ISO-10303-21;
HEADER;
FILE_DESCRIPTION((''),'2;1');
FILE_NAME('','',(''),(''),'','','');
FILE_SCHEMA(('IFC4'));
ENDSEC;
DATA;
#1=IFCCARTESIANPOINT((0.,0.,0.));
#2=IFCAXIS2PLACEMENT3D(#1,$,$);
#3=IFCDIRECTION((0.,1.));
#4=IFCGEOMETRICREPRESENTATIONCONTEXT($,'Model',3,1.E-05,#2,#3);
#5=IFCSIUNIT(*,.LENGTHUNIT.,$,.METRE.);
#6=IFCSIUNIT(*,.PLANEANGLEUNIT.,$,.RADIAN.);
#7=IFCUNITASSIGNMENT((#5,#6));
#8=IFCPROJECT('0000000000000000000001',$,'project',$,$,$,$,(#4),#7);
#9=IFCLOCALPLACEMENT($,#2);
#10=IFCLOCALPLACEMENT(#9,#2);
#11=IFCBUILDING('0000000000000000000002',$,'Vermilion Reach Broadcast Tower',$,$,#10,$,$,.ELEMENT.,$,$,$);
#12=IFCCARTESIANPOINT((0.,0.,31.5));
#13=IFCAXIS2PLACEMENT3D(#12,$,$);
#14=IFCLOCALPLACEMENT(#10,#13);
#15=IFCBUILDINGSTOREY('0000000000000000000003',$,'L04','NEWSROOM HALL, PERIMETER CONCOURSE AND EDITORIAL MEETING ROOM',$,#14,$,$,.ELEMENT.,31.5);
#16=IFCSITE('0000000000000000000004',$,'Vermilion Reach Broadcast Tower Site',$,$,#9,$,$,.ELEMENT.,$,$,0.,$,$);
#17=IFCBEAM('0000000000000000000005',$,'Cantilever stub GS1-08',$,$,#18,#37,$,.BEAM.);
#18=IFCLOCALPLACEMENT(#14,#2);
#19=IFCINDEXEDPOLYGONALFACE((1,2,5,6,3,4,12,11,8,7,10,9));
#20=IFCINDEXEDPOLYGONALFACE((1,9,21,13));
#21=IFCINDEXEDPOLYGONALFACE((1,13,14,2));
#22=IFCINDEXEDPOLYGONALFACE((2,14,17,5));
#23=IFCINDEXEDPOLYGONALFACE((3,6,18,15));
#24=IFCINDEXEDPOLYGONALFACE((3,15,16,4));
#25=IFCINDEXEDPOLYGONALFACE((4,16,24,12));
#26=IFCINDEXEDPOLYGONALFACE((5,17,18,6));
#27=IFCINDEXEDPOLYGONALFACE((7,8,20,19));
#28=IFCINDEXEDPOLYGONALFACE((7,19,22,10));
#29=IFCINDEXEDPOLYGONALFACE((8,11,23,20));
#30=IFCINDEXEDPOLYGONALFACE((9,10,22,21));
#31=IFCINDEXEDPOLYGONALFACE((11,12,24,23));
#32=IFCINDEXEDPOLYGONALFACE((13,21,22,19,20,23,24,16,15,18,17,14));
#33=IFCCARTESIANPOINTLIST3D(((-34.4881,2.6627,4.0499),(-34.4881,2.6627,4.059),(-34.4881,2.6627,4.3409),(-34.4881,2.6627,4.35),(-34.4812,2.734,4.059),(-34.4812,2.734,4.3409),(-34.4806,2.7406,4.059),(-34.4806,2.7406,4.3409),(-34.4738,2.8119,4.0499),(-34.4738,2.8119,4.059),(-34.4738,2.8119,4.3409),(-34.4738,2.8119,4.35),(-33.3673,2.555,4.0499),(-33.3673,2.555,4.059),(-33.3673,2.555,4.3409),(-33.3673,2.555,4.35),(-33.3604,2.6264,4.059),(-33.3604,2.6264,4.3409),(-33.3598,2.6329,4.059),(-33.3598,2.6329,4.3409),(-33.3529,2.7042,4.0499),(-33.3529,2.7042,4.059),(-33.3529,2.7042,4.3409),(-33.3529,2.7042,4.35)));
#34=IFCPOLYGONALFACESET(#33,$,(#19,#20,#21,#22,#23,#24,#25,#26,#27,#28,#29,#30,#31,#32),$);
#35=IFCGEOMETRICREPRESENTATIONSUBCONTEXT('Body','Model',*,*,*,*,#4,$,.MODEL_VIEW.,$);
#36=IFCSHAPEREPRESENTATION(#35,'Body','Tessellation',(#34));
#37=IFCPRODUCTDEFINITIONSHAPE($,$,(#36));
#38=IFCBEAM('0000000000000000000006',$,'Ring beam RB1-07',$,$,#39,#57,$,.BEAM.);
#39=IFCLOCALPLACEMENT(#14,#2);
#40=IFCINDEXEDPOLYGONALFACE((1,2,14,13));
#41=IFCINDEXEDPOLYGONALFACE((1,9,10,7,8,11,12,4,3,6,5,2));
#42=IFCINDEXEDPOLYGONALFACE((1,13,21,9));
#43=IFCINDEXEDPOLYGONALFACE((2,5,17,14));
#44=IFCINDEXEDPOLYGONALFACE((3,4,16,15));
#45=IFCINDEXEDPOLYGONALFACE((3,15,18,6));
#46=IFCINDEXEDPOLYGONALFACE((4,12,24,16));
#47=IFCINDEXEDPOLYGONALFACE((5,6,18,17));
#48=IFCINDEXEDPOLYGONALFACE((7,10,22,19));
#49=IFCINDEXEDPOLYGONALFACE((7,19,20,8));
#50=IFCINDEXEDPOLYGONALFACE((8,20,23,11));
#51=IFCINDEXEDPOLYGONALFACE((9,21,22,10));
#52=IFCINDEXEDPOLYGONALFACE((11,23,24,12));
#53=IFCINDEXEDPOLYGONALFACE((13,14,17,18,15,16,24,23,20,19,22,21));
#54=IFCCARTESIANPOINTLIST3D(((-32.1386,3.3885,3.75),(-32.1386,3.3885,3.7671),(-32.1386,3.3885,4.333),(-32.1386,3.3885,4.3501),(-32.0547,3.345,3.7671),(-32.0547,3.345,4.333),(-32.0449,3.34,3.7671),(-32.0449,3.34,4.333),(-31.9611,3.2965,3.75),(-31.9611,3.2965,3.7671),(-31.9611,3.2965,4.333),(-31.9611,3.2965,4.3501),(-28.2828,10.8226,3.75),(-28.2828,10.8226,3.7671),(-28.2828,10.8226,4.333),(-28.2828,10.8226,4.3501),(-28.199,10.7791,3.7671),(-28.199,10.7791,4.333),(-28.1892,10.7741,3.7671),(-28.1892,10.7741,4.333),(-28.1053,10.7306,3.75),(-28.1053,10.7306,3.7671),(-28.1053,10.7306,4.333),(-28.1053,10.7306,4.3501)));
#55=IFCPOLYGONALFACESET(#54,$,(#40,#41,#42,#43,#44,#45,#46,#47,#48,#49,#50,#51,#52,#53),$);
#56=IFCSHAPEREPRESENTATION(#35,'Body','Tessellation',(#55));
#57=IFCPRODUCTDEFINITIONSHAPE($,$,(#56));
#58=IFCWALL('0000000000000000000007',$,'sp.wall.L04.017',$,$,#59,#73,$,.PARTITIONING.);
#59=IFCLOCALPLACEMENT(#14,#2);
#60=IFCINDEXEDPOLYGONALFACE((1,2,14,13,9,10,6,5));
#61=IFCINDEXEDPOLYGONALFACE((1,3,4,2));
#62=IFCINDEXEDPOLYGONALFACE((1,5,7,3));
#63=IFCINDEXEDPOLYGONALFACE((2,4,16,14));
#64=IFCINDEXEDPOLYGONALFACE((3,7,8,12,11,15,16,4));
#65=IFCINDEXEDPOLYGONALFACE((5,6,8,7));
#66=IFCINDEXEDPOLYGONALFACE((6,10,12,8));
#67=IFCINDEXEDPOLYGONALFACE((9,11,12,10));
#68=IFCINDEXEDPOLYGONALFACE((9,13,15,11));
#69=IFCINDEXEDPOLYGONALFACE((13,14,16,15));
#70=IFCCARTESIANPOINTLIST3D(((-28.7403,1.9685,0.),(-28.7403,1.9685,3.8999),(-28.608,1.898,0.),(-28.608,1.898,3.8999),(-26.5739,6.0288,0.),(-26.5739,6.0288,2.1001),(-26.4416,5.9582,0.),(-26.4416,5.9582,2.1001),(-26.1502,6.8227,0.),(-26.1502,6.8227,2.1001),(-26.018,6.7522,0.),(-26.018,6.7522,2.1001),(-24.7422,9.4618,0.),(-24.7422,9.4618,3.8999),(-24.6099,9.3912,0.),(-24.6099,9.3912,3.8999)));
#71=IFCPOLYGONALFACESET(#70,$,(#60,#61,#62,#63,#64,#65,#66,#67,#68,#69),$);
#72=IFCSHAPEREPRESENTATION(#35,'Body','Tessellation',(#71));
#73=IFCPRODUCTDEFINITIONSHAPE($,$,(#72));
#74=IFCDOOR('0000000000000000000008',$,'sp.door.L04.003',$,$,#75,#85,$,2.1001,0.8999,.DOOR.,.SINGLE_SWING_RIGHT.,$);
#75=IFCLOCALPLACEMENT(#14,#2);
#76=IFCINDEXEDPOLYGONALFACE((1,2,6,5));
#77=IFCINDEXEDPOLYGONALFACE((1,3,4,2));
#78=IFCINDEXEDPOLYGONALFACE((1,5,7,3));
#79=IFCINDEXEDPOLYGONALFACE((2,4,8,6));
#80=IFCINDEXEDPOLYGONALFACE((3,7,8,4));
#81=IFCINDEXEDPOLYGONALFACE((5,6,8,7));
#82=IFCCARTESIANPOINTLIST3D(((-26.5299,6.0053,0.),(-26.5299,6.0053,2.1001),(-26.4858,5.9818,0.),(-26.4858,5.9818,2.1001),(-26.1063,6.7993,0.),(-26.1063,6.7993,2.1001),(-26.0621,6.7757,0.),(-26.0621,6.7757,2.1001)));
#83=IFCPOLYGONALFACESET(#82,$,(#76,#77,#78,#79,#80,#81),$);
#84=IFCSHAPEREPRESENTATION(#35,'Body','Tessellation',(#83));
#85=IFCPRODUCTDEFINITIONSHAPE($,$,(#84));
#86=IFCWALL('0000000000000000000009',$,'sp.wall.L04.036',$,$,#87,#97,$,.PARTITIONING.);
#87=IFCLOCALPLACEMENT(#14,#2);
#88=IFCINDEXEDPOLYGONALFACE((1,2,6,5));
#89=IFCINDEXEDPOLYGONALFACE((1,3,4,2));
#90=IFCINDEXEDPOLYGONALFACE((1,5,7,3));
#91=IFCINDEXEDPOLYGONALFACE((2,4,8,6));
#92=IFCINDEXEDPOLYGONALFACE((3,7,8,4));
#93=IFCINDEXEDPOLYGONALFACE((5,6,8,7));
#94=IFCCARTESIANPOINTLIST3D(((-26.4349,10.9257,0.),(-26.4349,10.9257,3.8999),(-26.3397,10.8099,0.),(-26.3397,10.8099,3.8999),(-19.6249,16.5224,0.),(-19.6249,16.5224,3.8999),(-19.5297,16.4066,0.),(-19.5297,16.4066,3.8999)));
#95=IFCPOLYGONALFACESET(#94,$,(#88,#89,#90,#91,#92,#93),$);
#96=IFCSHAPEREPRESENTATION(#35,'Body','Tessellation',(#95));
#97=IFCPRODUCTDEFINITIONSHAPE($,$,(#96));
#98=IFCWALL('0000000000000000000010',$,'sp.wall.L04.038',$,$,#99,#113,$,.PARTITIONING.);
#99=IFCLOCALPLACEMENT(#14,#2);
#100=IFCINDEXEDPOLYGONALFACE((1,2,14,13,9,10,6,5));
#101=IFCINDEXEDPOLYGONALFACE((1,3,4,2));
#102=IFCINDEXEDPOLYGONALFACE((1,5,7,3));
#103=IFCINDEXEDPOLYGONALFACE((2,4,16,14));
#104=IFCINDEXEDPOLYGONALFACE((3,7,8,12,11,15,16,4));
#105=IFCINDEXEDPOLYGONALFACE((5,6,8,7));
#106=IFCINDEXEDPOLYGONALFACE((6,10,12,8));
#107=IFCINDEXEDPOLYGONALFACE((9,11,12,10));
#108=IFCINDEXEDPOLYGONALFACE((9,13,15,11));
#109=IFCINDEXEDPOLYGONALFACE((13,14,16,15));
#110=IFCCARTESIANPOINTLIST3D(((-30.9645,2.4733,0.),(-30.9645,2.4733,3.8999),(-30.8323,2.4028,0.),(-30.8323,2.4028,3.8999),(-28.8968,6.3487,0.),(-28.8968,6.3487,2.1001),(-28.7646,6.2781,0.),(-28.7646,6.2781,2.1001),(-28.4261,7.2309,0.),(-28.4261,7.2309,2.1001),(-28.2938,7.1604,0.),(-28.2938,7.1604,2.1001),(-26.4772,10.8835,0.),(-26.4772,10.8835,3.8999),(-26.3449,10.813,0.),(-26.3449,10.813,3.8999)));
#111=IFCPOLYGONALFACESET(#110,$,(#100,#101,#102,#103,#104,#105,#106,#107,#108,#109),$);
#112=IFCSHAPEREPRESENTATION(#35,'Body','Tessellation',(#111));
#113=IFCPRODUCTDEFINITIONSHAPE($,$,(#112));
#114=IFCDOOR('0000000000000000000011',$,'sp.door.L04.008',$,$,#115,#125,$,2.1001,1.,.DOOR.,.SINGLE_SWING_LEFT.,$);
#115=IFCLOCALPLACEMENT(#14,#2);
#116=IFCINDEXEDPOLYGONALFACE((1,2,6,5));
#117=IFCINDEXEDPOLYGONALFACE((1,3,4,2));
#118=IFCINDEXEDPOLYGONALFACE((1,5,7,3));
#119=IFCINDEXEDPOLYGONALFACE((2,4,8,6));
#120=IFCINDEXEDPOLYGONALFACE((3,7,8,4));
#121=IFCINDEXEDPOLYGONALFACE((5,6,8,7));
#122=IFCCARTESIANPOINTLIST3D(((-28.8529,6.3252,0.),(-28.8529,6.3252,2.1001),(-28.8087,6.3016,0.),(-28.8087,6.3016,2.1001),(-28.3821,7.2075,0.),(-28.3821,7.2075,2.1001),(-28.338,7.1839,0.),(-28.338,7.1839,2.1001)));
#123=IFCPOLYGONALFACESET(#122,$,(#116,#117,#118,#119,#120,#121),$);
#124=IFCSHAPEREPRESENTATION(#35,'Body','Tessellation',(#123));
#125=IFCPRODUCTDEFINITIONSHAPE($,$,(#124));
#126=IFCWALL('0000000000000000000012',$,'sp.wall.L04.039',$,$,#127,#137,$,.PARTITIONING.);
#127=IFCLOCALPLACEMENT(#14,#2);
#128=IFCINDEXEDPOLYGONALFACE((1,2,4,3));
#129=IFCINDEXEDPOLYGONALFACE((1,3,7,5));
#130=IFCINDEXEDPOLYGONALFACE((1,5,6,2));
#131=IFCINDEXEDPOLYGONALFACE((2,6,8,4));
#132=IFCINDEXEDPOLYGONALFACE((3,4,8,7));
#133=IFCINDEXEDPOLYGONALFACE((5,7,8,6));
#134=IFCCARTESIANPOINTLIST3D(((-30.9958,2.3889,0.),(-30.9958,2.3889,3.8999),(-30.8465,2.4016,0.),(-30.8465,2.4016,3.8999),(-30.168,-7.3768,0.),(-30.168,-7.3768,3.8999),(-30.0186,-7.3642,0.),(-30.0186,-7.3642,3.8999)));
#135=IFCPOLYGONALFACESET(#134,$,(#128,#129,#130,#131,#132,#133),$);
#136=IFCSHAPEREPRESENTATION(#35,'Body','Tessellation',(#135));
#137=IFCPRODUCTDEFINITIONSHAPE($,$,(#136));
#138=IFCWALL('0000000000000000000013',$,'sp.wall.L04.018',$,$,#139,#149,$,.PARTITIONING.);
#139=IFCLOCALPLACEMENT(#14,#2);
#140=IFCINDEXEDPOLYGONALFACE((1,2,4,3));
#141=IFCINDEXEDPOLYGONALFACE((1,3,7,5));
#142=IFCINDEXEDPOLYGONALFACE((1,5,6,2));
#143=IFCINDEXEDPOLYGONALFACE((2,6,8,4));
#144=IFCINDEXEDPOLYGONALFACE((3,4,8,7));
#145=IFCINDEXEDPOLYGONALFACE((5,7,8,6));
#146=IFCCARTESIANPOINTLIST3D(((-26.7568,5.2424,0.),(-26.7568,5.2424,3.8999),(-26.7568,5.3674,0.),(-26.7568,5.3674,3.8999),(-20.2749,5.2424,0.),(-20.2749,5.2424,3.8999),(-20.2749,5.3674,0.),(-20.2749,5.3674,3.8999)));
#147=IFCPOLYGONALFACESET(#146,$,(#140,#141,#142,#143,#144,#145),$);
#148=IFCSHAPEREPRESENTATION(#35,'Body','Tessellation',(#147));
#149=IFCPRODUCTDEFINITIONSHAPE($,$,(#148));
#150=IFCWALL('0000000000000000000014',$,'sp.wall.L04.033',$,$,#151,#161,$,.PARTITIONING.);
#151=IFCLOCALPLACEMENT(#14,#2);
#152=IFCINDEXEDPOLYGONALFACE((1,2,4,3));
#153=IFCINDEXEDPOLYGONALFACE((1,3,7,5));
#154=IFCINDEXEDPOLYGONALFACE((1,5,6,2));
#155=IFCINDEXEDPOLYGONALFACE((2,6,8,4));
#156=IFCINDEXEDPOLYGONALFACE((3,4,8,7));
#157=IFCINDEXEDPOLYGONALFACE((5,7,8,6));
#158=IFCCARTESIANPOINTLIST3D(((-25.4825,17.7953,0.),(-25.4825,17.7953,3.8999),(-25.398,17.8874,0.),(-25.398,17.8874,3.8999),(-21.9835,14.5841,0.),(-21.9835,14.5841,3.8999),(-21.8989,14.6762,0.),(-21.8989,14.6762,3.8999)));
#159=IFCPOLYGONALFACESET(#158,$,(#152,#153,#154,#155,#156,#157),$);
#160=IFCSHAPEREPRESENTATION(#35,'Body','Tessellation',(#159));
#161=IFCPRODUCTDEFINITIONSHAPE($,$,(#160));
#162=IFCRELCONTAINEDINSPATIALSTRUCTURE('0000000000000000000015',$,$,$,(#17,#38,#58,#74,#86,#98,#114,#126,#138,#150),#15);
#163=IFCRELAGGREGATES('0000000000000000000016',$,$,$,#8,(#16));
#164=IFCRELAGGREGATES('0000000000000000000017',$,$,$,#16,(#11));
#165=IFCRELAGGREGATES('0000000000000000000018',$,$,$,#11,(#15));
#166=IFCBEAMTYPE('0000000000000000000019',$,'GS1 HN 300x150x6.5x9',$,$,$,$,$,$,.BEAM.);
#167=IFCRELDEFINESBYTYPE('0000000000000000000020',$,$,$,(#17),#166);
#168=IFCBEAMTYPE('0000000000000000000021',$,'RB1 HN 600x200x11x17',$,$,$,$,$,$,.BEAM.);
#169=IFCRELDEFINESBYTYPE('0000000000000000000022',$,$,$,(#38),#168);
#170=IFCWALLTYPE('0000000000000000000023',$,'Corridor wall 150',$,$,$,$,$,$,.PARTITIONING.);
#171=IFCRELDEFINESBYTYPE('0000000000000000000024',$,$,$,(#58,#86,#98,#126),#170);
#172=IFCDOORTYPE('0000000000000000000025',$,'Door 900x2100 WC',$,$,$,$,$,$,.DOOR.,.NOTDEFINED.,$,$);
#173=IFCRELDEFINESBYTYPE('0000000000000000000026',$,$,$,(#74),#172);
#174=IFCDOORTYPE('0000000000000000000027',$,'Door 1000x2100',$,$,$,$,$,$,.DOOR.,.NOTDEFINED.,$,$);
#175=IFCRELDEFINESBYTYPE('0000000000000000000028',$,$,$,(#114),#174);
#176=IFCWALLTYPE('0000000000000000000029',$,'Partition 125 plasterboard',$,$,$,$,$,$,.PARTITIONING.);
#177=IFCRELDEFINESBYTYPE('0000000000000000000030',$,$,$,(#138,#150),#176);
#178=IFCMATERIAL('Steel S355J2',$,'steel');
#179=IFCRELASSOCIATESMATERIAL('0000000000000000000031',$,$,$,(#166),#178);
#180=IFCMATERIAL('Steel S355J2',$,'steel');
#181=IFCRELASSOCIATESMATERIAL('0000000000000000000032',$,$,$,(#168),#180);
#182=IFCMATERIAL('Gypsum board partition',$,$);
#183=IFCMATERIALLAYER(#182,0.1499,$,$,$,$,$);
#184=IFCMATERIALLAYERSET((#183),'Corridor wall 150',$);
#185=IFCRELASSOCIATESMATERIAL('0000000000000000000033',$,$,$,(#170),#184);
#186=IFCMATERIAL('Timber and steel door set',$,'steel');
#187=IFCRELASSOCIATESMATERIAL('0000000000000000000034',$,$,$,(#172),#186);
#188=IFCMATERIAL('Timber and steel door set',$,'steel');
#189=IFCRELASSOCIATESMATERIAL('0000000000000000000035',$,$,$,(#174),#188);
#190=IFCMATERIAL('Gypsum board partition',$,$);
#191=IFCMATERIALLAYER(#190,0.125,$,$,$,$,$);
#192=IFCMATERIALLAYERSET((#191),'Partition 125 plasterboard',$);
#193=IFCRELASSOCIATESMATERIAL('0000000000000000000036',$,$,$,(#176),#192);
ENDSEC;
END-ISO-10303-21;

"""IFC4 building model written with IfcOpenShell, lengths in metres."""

from ifc_helpers import new_model, si_unit, direction, frame, frame_2d, origin, origin_2d, place, context, subcontext, project, spatial, rectangle, i_section, extrude, material, layer, layer_set, material_profile, profile_set, type_object, element, fill, save


model = new_model("IFC4")

# Units and contexts
model_context = context("Model", 3, precision=1e-05, world=origin(), true_north=direction((0.0, 1.0)))
body_context = subcontext(model_context, "Body", "Model", "MODEL_VIEW")
ifc_project = project(units=[si_unit("LENGTHUNIT", "METRE"), si_unit("PLANEANGLEUNIT", "RADIAN")], contexts=[model_context])

# Site, building, storey
site_placement = place(None, origin())
site = spatial("IfcSite", under=ifc_project, at=site_placement, Name="Vermilion Reach Broadcast Tower Site", CompositionType="ELEMENT", RefElevation=0.0)
building_placement = place(site_placement, origin())
building = spatial("IfcBuilding", under=site, at=building_placement, Name="Vermilion Reach Broadcast Tower", CompositionType="ELEMENT")
storey_placement = place(building_placement, frame((0.0, 0.0, 31.5)))
storey = spatial("IfcBuildingStorey", under=building, at=storey_placement, Name="L04", Description="NEWSROOM HALL, PERIMETER CONCOURSE AND EDITORIAL MEETING ROOM", CompositionType="ELEMENT", Elevation=31.5)

# Beams
ifc_material_1 = material(Name="Steel S355J2", Category="steel")
ifc_material_profile_1 = material_profile(ifc_material_1, i_section(OverallWidth=0.1499, OverallDepth=0.3, WebThickness=0.0066, FlangeThickness=0.009, at=origin_2d()), Name="S355J2 HN 300x150x6.5x9")
ifc_profile_set_1 = profile_set([ifc_material_profile_1], Name="Steel S355J2")
beam_type_1 = type_object("IfcBeamType", Name="GS1 HN 300x150x6.5x9", PredefinedType="BEAM", material=ifc_profile_set_1)
beam_1_placement = place(storey_placement, frame((-33.3601, 2.6296, 4.2), z_axis=(-0.995418, 0.095617, 0.0), x_axis=(-0.095617, -0.995418, 0.0)))
element("IfcBeam", 1, at=beam_1_placement, inside=storey, type_object=beam_type_1, Name="Cantilever stub GS1-08", PredefinedType="BEAM", context=body_context, shape_type="SweptSolid", body=[
    extrude(i_section(OverallWidth=0.1499, OverallDepth=0.3, WebThickness=0.0066, FlangeThickness=0.009, at=origin_2d()), origin(), (0.0, 0.0, 1.0), 1.126),
])
ifc_material_2 = material(Name="Steel S355J2", Category="steel")
ifc_material_profile_2 = material_profile(ifc_material_2, i_section(OverallWidth=0.2, OverallDepth=0.6001, WebThickness=0.011, FlangeThickness=0.0171, at=origin_2d()), Name="S355J2 HN 600x200x11x17")
ifc_profile_set_2 = profile_set([ifc_material_profile_2], Name="Steel S355J2")
beam_type_2 = type_object("IfcBeamType", Name="RB1 HN 600x200x11x17", PredefinedType="BEAM", material=ifc_profile_set_2)
beam_2_placement = place(storey_placement, frame((-28.1941, 10.7766, 4.05), z_axis=(-0.460412, -0.887706, 0.0), x_axis=(0.887706, -0.460412, 0.0)))
element("IfcBeam", 2, at=beam_2_placement, inside=storey, type_object=beam_type_2, Name="Ring beam RB1-07", PredefinedType="BEAM", context=body_context, shape_type="SweptSolid", body=[
    extrude(i_section(OverallWidth=0.2, OverallDepth=0.6001, WebThickness=0.011, FlangeThickness=0.0171, at=origin_2d()), origin(), (0.0, 0.0, 1.0), 8.3745),
])

# Wall, opening, door
ifc_material_3 = material(Name="Gypsum board partition")
ifc_layer_1 = layer(ifc_material_3, 0.1499)
ifc_layer_set_1 = layer_set([ifc_layer_1], Name="Corridor wall 150")
wall_type_1 = type_object("IfcWallType", Name="Corridor wall 150", PredefinedType="PARTITIONING", material=ifc_layer_set_1)
wall_1_placement = place(storey_placement, frame((-24.676, 9.4265, 0.0), z_axis=(0.0, 0.0, 1.0), x_axis=(-0.470743, -0.88227, 0.0)))
wall_1 = element("IfcWall", 3, at=wall_1_placement, inside=storey, type_object=wall_type_1, Name="sp.wall.L04.017", PredefinedType="PARTITIONING", context=body_context, shape_type="SweptSolid", body=[
    extrude(rectangle(XDim=8.4932, YDim=0.1499, at=frame_2d((4.2466, 0.0))), origin(), (0.0, 0.0, 1.0), 3.8999),
])
opening_1_placement = place(wall_1_placement, frame((2.9912, 0.0, 0.0)))
opening_1 = element("IfcOpeningElement", 4, at=opening_1_placement, cuts=wall_1, PredefinedType="OPENING", context=body_context, shape_type="SweptSolid", body=[
    extrude(rectangle(XDim=0.8999, YDim=2.1001, at=frame_2d((0.45, 1.05))), frame((0.0, 0.085, 0.0), z_axis=(0.0, -1.0, 0.0), x_axis=(1.0, 0.0, 0.0)), (0.0, 0.0, 1.0), 0.1699),
])
ifc_material_4 = material(Name="Timber and steel door set", Category="steel")
door_type_1 = type_object("IfcDoorType", Name="Door 900x2100 WC", OperationType="NOTDEFINED", PredefinedType="DOOR", material=ifc_material_4)
door_1_placement = place(opening_1_placement, origin())
door_1 = element("IfcDoor", 5, at=door_1_placement, inside=storey, type_object=door_type_1, Name="sp.door.L04.003", OperationType="SINGLE_SWING_RIGHT", OverallHeight=2.1001, OverallWidth=0.8999, PredefinedType="DOOR", context=body_context, shape_type="SweptSolid", body=[
    extrude(rectangle(XDim=0.8999, YDim=2.1001, at=frame_2d((0.45, 1.05))), frame((0.0, 0.0249, 0.0), z_axis=(0.0, -1.0, 0.0), x_axis=(1.0, 0.0, 0.0)), (0.0, 0.0, 1.0), 0.05),
])
fill(opening_1, door_1)

# Wall
wall_2_placement = place(storey_placement, frame((-26.3872, 10.8679, 0.0), z_axis=(0.0, 0.0, 1.0), x_axis=(0.772576, 0.634923, 0.0)))
element("IfcWall", 6, at=wall_2_placement, inside=storey, type_object=wall_type_1, Name="sp.wall.L04.036", PredefinedType="PARTITIONING", context=body_context, shape_type="SweptSolid", body=[
    extrude(rectangle(XDim=8.8147, YDim=0.1499, at=frame_2d((4.4072, 0.0))), origin(), (0.0, 0.0, 1.0), 3.8999),
])

# Wall, opening, door
wall_3_placement = place(storey_placement, frame((-26.4111, 10.8481, 0.0), z_axis=(0.0, 0.0, 1.0), x_axis=(-0.470742, -0.882271, 0.0)))
wall_3 = element("IfcWall", 7, at=wall_3_placement, inside=storey, type_object=wall_type_1, Name="sp.wall.L04.038", PredefinedType="PARTITIONING", context=body_context, shape_type="SweptSolid", body=[
    extrude(rectangle(XDim=9.5325, YDim=0.1499, at=frame_2d((4.7661, 0.0))), origin(), (0.0, 0.0, 1.0), 3.8999),
])
opening_2_placement = place(wall_3_placement, frame((4.1399, 0.0, 0.0)))
opening_2 = element("IfcOpeningElement", 8, at=opening_2_placement, cuts=wall_3, PredefinedType="OPENING", context=body_context, shape_type="SweptSolid", body=[
    extrude(rectangle(XDim=1.0, YDim=2.1001, at=frame_2d((0.5, 1.05))), frame((0.0, 0.085, 0.0), z_axis=(0.0, -1.0, 0.0), x_axis=(1.0, 0.0, 0.0)), (0.0, 0.0, 1.0), 0.1699),
])
ifc_material_5 = material(Name="Timber and steel door set", Category="steel")
door_type_2 = type_object("IfcDoorType", Name="Door 1000x2100", OperationType="NOTDEFINED", PredefinedType="DOOR", material=ifc_material_5)
door_2_placement = place(opening_2_placement, origin())
door_2 = element("IfcDoor", 9, at=door_2_placement, inside=storey, type_object=door_type_2, Name="sp.door.L04.008", OperationType="SINGLE_SWING_LEFT", OverallHeight=2.1001, OverallWidth=1.0, PredefinedType="DOOR", context=body_context, shape_type="SweptSolid", body=[
    extrude(rectangle(XDim=1.0, YDim=2.1001, at=frame_2d((0.5, 1.05))), frame((0.0, 0.0249, 0.0), z_axis=(0.0, -1.0, 0.0), x_axis=(1.0, 0.0, 0.0)), (0.0, 0.0, 1.0), 0.05),
])
fill(opening_2, door_2)

# Walls
wall_4_placement = place(storey_placement, frame((-30.9211, 2.3953, 0.0), z_axis=(0.0, 0.0, 1.0), x_axis=(0.08447, -0.996426, 0.0)))
element("IfcWall", 10, at=wall_4_placement, inside=storey, type_object=wall_type_1, Name="sp.wall.L04.039", PredefinedType="PARTITIONING", context=body_context, shape_type="SweptSolid", body=[
    extrude(rectangle(XDim=9.8008, YDim=0.1499, at=frame_2d((4.9004, 0.0))), origin(), (0.0, 0.0, 1.0), 3.8999),
])
ifc_material_6 = material(Name="Gypsum board partition")
ifc_layer_2 = layer(ifc_material_6, 0.125)
ifc_layer_set_2 = layer_set([ifc_layer_2], Name="Partition 125 plasterboard")
wall_type_2 = type_object("IfcWallType", Name="Partition 125 plasterboard", PredefinedType="PARTITIONING", material=ifc_layer_set_2)
wall_5_placement = place(storey_placement, frame((-26.7568, 5.3049, 0.0), z_axis=(0.0, 0.0, 1.0), x_axis=(1.0, 0.0, 0.0)))
element("IfcWall", 11, at=wall_5_placement, inside=storey, type_object=wall_type_2, Name="sp.wall.L04.018", PredefinedType="PARTITIONING", context=body_context, shape_type="SweptSolid", body=[
    extrude(rectangle(XDim=6.4819, YDim=0.125, at=frame_2d((3.241, 0.0))), origin(), (0.0, 0.0, 1.0), 3.8999),
])
wall_6_placement = place(storey_placement, frame((-25.4402, 17.8413, 0.0), z_axis=(0.0, 0.0, 1.0), x_axis=(0.736761, -0.676153, 0.0)))
element("IfcWall", 12, at=wall_6_placement, inside=storey, type_object=wall_type_2, Name="sp.wall.L04.033", PredefinedType="PARTITIONING", context=body_context, shape_type="SweptSolid", body=[
    extrude(rectangle(XDim=4.7493, YDim=0.125, at=frame_2d((2.3745, 0.0))), origin(), (0.0, 0.0, 1.0), 3.8999),
])

save(model, "model.ifc")
